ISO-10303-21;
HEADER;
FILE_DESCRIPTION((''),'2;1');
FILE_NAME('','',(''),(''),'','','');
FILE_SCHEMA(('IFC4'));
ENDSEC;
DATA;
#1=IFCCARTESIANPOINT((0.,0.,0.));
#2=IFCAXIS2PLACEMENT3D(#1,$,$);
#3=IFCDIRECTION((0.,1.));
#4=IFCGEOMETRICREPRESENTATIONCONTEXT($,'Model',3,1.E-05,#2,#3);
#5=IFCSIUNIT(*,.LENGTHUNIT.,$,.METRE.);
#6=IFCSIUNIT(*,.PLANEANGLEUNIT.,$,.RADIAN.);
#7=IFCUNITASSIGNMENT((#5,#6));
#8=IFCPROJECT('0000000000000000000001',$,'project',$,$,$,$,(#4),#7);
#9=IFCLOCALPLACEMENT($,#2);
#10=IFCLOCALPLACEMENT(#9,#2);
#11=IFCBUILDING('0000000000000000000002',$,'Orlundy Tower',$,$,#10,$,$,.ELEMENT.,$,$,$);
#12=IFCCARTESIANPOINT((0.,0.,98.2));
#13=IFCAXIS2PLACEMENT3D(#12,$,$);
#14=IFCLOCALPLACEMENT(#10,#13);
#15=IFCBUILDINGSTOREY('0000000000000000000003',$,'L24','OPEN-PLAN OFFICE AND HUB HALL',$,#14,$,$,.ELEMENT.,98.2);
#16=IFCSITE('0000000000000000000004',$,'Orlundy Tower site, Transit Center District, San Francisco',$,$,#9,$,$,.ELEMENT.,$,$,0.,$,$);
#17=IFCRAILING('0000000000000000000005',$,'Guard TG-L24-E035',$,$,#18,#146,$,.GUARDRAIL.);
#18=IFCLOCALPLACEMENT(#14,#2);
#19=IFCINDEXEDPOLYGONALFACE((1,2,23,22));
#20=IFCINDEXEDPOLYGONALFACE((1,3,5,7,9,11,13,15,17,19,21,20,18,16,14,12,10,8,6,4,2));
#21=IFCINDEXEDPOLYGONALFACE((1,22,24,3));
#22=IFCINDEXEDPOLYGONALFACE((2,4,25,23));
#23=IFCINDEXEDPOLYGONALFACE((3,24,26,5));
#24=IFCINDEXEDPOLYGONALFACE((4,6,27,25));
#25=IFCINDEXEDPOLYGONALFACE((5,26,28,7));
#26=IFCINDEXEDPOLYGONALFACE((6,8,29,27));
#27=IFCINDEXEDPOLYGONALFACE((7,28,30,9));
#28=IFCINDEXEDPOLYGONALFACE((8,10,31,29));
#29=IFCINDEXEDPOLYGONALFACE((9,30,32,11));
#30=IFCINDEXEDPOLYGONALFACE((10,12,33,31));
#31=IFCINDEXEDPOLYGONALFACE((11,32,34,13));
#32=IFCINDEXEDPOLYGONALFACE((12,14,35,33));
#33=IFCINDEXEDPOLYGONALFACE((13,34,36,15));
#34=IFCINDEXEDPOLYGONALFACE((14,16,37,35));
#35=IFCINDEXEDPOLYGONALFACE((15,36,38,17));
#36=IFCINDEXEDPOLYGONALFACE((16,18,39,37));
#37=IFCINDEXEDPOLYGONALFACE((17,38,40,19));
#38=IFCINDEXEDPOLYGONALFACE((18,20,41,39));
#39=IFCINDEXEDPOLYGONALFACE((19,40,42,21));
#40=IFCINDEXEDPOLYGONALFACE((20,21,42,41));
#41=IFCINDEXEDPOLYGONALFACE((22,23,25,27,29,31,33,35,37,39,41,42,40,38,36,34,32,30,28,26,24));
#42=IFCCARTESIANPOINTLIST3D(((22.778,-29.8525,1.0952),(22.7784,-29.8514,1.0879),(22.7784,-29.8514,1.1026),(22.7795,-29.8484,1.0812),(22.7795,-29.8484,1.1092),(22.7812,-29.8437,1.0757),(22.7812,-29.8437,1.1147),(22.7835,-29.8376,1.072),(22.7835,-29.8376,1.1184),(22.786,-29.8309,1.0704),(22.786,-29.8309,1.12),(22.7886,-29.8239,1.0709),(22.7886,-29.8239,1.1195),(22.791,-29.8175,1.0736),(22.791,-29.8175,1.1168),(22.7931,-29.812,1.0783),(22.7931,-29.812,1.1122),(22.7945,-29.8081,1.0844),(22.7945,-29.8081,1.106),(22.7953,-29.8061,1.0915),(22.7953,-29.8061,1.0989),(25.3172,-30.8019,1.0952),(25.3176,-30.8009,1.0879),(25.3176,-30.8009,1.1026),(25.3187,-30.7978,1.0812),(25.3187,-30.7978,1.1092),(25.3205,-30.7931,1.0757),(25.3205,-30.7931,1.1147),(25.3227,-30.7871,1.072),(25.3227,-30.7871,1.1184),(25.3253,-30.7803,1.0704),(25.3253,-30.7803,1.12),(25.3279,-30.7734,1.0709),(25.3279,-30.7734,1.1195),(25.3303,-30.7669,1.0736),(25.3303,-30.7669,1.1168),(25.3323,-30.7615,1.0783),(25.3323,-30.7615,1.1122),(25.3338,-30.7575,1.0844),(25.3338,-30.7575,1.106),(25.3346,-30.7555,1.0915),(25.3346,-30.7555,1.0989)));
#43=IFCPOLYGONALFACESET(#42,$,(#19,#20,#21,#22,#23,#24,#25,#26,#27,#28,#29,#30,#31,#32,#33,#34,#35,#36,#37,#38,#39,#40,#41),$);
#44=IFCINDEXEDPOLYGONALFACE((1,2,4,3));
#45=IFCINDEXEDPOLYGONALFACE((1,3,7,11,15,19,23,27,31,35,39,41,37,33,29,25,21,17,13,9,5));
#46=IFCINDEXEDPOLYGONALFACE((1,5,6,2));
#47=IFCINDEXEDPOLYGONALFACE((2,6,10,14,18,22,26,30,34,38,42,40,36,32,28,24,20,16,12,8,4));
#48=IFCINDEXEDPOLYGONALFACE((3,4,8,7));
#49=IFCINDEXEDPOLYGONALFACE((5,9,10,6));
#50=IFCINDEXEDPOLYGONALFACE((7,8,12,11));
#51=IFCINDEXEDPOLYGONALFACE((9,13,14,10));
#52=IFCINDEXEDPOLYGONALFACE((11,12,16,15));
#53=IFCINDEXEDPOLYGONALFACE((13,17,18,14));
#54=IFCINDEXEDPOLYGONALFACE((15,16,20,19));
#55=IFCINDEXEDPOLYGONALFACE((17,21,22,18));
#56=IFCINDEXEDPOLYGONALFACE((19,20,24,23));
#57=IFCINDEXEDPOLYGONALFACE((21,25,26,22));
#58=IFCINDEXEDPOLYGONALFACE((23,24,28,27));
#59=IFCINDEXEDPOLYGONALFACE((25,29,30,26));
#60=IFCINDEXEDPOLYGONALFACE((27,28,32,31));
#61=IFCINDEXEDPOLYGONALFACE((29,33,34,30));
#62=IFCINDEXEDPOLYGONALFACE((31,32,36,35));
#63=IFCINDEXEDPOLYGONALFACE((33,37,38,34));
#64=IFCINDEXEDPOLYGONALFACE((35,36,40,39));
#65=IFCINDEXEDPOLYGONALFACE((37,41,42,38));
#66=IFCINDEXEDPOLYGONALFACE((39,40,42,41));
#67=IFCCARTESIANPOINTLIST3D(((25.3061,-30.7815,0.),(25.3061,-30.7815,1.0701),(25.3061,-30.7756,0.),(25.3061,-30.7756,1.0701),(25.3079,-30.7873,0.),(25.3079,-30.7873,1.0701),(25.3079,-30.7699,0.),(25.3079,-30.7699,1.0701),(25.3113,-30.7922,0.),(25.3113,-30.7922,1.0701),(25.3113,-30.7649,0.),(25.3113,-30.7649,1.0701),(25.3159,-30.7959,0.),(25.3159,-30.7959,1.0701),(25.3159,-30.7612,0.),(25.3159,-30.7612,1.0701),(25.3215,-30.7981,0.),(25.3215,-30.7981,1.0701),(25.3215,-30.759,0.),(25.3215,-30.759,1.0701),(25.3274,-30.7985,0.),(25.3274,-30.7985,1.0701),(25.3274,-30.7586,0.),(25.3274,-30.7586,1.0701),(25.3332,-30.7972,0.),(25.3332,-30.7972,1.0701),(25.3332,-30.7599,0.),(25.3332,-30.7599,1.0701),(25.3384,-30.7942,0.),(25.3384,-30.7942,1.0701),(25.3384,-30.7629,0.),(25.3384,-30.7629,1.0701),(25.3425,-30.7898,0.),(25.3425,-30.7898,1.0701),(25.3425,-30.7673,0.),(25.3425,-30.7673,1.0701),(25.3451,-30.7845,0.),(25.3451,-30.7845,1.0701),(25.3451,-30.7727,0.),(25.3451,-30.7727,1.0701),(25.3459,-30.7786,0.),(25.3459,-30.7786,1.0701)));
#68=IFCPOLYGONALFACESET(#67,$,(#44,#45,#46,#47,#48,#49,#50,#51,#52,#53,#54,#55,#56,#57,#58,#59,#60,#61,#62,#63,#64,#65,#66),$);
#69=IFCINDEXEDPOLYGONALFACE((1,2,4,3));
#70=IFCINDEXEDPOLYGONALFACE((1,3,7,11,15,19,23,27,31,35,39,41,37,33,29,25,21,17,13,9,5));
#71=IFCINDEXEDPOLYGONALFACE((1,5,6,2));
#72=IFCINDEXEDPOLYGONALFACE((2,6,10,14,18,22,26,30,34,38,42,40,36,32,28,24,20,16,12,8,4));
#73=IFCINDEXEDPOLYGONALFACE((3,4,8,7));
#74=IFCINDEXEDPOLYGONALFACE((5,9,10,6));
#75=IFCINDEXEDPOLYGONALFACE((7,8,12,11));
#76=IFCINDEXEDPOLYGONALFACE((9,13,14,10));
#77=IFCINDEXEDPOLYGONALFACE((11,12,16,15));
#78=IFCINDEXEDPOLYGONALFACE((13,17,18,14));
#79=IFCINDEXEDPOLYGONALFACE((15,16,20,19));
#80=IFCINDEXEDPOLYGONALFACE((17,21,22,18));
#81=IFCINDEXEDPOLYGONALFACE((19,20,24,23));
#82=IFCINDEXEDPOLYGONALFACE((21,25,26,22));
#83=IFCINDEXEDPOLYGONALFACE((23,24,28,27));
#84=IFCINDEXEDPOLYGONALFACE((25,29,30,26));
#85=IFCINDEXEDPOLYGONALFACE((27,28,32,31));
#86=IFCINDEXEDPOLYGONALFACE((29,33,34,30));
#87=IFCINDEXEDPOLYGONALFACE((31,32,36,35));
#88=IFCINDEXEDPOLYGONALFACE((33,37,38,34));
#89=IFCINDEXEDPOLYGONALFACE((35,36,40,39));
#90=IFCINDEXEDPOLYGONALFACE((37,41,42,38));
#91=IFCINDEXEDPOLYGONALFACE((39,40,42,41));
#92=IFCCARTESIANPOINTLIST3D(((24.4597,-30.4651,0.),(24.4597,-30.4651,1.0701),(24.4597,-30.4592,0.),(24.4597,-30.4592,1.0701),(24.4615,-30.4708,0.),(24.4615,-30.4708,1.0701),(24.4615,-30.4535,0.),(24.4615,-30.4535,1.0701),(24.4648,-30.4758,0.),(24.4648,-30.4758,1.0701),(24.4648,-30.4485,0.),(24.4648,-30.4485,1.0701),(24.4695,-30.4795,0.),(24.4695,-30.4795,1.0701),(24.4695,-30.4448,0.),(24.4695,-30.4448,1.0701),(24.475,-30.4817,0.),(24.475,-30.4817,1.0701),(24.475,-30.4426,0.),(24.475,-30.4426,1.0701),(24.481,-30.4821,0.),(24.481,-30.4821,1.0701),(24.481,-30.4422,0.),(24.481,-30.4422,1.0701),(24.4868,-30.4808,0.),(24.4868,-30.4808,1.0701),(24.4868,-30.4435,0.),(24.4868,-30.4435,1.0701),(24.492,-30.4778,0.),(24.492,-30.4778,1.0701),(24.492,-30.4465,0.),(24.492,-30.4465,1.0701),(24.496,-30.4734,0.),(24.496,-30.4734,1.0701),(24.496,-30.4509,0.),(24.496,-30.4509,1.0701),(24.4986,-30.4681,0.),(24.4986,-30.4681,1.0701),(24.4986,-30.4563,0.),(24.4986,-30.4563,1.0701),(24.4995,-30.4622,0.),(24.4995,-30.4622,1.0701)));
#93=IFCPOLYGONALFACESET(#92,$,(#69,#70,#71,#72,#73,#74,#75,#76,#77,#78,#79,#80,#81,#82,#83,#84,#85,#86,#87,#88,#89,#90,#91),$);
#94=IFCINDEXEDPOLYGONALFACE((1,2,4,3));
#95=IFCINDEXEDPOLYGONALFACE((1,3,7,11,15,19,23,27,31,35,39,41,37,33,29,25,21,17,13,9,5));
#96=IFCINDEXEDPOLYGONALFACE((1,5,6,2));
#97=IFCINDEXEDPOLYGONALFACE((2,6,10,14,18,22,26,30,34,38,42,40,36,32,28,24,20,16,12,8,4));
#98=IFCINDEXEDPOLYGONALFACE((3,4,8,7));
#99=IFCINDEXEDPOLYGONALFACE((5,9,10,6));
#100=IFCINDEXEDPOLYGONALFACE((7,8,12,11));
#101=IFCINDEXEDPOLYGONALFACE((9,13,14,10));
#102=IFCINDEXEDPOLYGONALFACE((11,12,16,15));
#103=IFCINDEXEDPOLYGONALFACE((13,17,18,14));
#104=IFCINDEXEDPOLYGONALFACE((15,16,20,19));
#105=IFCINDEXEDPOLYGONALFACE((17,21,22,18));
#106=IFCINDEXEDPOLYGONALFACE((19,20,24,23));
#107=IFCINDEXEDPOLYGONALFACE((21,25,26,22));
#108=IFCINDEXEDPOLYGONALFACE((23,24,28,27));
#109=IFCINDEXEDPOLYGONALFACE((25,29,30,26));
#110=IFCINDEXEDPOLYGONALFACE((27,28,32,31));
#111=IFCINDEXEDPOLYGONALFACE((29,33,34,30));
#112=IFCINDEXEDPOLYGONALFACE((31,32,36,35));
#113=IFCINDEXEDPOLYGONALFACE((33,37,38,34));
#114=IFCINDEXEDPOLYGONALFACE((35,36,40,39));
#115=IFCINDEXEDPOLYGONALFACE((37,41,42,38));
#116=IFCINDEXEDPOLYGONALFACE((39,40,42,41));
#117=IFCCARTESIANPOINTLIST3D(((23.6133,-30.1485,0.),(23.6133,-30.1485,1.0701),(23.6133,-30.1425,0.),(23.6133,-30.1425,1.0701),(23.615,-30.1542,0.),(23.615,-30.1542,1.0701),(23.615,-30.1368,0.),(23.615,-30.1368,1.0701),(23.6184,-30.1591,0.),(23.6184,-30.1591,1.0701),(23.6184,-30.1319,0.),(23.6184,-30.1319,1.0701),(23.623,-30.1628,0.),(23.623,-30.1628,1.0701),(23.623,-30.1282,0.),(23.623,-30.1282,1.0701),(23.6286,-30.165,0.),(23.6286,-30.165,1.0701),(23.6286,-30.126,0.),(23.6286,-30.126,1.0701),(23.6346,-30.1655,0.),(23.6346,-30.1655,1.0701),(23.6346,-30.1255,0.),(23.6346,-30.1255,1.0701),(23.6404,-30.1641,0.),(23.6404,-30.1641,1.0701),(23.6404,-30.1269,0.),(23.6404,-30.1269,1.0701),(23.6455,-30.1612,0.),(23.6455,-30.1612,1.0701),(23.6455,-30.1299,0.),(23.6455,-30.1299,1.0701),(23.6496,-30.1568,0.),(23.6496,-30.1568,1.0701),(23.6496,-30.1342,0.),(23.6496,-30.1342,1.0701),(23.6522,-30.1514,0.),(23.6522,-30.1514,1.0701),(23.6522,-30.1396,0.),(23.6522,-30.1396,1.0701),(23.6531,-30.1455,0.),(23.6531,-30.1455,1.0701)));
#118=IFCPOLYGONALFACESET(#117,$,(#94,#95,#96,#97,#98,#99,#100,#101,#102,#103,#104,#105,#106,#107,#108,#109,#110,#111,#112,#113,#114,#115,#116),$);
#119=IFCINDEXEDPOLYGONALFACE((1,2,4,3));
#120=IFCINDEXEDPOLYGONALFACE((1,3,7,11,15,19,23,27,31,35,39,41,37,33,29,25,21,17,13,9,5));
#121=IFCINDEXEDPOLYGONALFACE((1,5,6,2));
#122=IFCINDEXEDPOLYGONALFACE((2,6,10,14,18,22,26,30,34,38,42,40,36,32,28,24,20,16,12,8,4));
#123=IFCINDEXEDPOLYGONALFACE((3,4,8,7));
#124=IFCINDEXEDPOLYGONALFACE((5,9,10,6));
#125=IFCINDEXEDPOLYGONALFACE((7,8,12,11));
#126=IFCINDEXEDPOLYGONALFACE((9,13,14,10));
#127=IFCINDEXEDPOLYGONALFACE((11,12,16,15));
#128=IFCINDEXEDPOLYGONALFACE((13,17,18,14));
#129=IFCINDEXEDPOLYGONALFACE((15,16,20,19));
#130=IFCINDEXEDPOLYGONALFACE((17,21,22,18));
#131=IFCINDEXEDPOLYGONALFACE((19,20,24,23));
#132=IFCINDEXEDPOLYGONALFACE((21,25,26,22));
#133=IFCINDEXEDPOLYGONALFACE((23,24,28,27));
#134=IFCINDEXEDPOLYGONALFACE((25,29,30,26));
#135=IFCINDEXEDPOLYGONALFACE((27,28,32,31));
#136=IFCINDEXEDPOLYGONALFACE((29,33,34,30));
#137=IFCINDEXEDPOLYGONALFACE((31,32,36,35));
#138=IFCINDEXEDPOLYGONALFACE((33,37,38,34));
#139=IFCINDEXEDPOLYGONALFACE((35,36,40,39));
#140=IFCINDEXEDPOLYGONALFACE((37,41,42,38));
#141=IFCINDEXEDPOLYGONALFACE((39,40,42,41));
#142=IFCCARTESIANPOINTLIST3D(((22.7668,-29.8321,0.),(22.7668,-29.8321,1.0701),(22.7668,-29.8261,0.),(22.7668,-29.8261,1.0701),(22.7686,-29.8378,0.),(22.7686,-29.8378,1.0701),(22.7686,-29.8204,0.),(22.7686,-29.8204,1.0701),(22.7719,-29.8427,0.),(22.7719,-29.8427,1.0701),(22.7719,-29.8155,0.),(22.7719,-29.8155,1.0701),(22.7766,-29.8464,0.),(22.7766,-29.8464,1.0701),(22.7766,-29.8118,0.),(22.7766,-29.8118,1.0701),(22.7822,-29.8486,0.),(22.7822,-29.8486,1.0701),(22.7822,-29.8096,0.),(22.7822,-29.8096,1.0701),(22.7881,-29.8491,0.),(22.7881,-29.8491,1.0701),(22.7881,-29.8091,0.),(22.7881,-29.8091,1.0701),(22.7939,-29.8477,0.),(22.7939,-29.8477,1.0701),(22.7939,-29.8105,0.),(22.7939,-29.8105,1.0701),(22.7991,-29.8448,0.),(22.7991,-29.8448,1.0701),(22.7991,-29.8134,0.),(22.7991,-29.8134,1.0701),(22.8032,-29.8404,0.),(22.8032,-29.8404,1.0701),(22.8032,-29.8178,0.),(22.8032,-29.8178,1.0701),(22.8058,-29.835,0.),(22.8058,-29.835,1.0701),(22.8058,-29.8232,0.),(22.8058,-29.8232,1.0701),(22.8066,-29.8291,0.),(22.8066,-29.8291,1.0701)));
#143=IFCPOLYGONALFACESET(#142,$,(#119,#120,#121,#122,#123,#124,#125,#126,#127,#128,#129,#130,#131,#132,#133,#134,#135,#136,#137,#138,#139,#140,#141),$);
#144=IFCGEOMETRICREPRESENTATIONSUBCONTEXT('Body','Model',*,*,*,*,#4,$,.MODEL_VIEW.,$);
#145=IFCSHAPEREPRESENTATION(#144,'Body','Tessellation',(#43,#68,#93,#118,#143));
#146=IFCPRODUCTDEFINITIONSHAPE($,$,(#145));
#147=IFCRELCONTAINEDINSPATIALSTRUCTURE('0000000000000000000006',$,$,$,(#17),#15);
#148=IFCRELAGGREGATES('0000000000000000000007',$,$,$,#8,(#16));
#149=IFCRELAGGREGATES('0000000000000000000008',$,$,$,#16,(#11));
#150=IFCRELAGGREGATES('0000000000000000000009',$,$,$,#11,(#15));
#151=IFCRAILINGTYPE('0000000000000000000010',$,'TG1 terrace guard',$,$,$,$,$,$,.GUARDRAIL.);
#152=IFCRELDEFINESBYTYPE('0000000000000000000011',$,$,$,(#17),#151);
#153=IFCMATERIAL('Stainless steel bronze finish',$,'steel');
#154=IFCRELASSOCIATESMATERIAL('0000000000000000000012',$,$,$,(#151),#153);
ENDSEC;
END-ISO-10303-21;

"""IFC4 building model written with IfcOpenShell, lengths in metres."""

from ifc_helpers import new_model, si_unit, direction, frame, origin, origin_2d, place, context, subcontext, project, spatial, circle, extrude, material, type_object, element, save


model = new_model("IFC4")

# Units and contexts
model_context = context("Model", 3, precision=1e-05, world=origin(), true_north=direction((0.0, 1.0)))
body_context = subcontext(model_context, "Body", "Model", "MODEL_VIEW")
ifc_project = project(units=[si_unit("LENGTHUNIT", "METRE"), si_unit("PLANEANGLEUNIT", "RADIAN")], contexts=[model_context])

# Site, building, storey
site_placement = place(None, origin())
site = spatial("IfcSite", under=ifc_project, at=site_placement, Name="Orlundy Tower site, Transit Center District, San Francisco", CompositionType="ELEMENT", RefElevation=0.0)
building_placement = place(site_placement, origin())
building = spatial("IfcBuilding", under=site, at=building_placement, Name="Orlundy Tower", CompositionType="ELEMENT")
storey_placement = place(building_placement, frame((0.0, 0.0, 98.2)))
storey = spatial("IfcBuildingStorey", under=building, at=storey_placement, Name="L24", Description="OPEN-PLAN OFFICE AND HUB HALL", CompositionType="ELEMENT", Elevation=98.2)

# Railing
ifc_material_1 = material(Name="Stainless steel bronze finish", Category="steel")
railing_type = type_object("IfcRailingType", Name="TG1 terrace guard", PredefinedType="GUARDRAIL", material=ifc_material_1)
railing_1_placement = place(storey_placement, frame((25.3259, -30.7786, 0.0)))
element("IfcRailing", 1, at=railing_1_placement, inside=storey, type_object=railing_type, Name="Guard TG-L24-E035", PredefinedType="GUARDRAIL", context=body_context, shape_type="SweptSolid", body=[
    extrude(circle(Radius=0.0249, at=origin_2d()), frame((0.0, 0.0, 1.0952), z_axis=(-0.936666, 0.350225, 0.0), x_axis=(-0.350225, -0.936666, 0.0)), (0.0, 0.0, 1.0), 2.7109),
    extrude(circle(Radius=0.02, at=origin_2d()), origin(), (0.0, 0.0, 1.0), 1.0701),
    extrude(circle(Radius=0.02, at=origin_2d()), frame((-0.8464, 0.3164, 0.0)), (0.0, 0.0, 1.0), 1.0701),
    extrude(circle(Radius=0.02, at=origin_2d()), frame((-1.6929, 0.6331, 0.0)), (0.0, 0.0, 1.0), 1.0701),
    extrude(circle(Radius=0.02, at=origin_2d()), frame((-2.5393, 0.9495, 0.0)), (0.0, 0.0, 1.0), 1.0701),
])

save(model, "model.ifc")
